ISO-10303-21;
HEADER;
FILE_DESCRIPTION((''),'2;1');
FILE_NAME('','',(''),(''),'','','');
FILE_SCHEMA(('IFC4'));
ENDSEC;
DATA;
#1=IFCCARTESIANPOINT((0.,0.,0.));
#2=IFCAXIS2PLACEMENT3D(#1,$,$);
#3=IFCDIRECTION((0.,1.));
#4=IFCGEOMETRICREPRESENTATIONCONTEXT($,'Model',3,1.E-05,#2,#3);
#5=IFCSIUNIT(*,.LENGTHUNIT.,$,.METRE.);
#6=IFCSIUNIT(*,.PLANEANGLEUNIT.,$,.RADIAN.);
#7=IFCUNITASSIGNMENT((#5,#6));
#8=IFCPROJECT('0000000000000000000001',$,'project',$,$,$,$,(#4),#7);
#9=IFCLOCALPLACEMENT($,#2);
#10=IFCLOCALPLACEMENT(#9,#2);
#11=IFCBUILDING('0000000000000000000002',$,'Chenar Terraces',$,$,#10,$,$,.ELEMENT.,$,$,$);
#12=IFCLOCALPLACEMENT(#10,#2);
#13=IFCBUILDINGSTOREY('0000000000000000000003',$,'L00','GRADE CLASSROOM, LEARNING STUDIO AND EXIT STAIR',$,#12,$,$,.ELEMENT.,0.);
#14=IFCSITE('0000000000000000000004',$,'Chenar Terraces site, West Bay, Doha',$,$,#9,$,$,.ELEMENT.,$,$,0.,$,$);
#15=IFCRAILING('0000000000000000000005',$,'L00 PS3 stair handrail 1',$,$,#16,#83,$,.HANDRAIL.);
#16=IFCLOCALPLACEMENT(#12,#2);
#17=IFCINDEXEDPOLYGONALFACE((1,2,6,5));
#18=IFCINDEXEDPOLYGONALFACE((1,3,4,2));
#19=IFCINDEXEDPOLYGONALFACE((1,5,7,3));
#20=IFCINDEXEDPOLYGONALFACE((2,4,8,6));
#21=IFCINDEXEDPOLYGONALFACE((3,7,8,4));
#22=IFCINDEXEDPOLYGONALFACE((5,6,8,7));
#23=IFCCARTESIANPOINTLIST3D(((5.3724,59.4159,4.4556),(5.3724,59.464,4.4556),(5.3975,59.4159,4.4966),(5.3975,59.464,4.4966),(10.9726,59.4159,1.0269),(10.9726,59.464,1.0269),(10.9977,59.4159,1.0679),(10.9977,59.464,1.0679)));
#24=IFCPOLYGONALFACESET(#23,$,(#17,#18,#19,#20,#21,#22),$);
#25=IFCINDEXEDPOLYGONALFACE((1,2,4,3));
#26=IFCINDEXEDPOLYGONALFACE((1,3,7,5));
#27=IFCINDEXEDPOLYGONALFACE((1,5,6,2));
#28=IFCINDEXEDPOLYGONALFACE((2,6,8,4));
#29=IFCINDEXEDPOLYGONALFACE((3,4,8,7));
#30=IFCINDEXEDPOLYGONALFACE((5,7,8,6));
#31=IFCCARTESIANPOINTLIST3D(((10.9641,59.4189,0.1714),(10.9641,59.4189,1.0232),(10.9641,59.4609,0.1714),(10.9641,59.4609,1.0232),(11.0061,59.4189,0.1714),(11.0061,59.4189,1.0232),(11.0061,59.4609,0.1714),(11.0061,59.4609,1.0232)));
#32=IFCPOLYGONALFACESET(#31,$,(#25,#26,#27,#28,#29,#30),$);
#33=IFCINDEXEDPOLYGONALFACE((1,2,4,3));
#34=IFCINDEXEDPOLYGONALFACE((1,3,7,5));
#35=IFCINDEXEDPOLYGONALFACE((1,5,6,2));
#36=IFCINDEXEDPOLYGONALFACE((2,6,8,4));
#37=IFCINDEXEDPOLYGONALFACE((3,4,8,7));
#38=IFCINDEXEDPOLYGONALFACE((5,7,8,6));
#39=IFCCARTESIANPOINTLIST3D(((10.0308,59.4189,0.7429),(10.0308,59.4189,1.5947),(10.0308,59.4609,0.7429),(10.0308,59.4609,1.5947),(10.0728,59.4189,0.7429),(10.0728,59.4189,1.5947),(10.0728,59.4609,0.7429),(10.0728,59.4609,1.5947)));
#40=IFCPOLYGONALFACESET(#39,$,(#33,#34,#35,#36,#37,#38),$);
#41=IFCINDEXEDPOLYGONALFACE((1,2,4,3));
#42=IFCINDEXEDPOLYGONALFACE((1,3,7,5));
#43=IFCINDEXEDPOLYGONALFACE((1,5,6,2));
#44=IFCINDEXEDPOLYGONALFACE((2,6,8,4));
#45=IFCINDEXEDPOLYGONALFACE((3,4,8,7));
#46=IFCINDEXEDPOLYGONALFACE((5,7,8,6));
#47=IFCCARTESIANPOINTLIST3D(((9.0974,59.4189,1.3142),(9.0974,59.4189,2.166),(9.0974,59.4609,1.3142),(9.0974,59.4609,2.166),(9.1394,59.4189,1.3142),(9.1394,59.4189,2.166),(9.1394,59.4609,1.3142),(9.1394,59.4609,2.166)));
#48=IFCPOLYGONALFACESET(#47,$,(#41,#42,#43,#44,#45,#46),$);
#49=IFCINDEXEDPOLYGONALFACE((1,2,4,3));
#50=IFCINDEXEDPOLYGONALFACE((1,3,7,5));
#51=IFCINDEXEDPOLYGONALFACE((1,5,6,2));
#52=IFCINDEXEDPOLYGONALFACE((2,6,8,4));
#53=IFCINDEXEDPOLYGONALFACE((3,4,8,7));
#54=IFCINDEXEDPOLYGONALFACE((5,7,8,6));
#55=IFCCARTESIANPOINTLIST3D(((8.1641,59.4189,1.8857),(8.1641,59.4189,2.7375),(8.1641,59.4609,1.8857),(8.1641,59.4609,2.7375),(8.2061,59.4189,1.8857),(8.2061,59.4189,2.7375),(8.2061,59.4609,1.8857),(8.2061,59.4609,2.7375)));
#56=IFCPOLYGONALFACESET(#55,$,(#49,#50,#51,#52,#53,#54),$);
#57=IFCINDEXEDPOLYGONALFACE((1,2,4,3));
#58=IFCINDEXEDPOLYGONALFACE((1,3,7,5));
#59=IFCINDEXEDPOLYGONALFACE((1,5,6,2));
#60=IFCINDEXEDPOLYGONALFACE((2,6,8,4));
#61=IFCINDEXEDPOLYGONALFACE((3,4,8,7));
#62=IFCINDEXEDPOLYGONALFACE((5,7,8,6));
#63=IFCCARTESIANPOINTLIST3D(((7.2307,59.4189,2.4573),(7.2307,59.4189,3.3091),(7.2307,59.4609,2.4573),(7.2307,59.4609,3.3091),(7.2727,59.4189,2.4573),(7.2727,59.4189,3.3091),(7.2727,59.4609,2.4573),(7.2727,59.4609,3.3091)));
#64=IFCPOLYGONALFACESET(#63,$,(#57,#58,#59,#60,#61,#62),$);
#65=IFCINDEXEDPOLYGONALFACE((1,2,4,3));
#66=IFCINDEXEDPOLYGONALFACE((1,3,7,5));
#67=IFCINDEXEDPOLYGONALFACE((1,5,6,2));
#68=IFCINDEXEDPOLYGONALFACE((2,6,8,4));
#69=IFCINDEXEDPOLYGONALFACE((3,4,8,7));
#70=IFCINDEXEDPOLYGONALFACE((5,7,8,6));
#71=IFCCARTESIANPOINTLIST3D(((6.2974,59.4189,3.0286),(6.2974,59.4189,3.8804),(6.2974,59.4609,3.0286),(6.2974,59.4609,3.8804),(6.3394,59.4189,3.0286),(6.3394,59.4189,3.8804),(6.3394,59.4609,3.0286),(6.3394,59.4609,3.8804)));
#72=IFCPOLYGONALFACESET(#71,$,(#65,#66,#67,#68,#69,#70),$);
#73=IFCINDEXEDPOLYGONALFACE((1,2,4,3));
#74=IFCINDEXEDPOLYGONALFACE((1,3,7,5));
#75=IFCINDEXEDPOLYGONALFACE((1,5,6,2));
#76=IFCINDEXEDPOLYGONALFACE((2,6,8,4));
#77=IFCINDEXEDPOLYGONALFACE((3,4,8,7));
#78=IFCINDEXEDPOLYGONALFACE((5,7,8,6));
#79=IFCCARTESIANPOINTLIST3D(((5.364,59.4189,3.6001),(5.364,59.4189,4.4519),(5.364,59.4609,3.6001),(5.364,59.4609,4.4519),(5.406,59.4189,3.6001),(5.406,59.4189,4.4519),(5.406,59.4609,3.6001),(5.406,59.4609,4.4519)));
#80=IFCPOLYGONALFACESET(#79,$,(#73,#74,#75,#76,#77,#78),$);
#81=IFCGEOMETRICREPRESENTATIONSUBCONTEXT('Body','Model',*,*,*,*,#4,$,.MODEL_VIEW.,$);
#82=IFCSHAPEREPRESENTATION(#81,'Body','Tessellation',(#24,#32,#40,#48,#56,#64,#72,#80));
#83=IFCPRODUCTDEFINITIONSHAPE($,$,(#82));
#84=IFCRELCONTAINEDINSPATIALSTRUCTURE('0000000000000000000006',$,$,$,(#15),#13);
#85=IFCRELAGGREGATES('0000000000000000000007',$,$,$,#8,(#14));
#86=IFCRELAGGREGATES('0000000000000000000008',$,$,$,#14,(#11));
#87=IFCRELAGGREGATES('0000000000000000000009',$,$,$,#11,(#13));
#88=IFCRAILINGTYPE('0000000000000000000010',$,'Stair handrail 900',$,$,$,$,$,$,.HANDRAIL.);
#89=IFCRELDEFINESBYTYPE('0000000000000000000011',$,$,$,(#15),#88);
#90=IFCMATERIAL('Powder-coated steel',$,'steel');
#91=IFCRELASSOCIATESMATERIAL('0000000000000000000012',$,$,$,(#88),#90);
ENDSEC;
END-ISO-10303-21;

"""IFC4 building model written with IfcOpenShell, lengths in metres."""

from ifc_helpers import new_model, si_unit, direction, frame, origin, origin_2d, place, context, subcontext, project, spatial, rectangle, extrude, material, type_object, element, save


model = new_model("IFC4")

# Units and contexts
model_context = context("Model", 3, precision=1e-05, world=origin(), true_north=direction((0.0, 1.0)))
body_context = subcontext(model_context, "Body", "Model", "MODEL_VIEW")
ifc_project = project(units=[si_unit("LENGTHUNIT", "METRE"), si_unit("PLANEANGLEUNIT", "RADIAN")], contexts=[model_context])

# Site, building, storey
site_placement = place(None, origin())
site = spatial("IfcSite", under=ifc_project, at=site_placement, Name="Chenar Terraces site, West Bay, Doha", CompositionType="ELEMENT", RefElevation=0.0)
building_placement = place(site_placement, origin())
building = spatial("IfcBuilding", under=site, at=building_placement, Name="Chenar Terraces", CompositionType="ELEMENT")
storey_placement = place(building_placement, origin())
storey = spatial("IfcBuildingStorey", under=building, at=storey_placement, Name="L00", Description="GRADE CLASSROOM, LEARNING STUDIO AND EXIT STAIR", CompositionType="ELEMENT", Elevation=0.0)

# Railing
ifc_material_1 = material(Name="Powder-coated steel", Category="steel")
railing_type_1 = type_object("IfcRailingType", Name="Stair handrail 900", PredefinedType="HANDRAIL", material=ifc_material_1)
railing_1_placement = place(storey_placement, frame((10.9851, 59.4399, 0.1714)))
element("IfcRailing", 1, at=railing_1_placement, inside=storey, type_object=railing_type_1, Name="L00 PS3 stair handrail 1", PredefinedType="HANDRAIL", context=body_context, shape_type="SweptSolid", body=[
    extrude(rectangle(XDim=0.0481, YDim=0.0481, at=origin_2d()), frame((0.0, 0.0, 0.876), z_axis=(-0.852846, 0.0, 0.522163), x_axis=(0.0, -1.0, 0.0)), (0.0, 0.0, 1.0), 6.5664),
    extrude(rectangle(XDim=0.042, YDim=0.042, at=origin_2d()), origin(), (0.0, 0.0, 1.0), 0.8518),
    extrude(rectangle(XDim=0.042, YDim=0.042, at=origin_2d()), frame((-0.9333, 0.0, 0.5715)), (0.0, 0.0, 1.0), 0.8518),
    extrude(rectangle(XDim=0.042, YDim=0.042, at=origin_2d()), frame((-1.8667, 0.0, 1.1428)), (0.0, 0.0, 1.0), 0.8518),
    extrude(rectangle(XDim=0.042, YDim=0.042, at=origin_2d()), frame((-2.8, 0.0, 1.7144)), (0.0, 0.0, 1.0), 0.8518),
    extrude(rectangle(XDim=0.042, YDim=0.042, at=origin_2d()), frame((-3.7334, 0.0, 2.2859)), (0.0, 0.0, 1.0), 0.8518),
    extrude(rectangle(XDim=0.042, YDim=0.042, at=origin_2d()), frame((-4.6667, 0.0, 2.8572)), (0.0, 0.0, 1.0), 0.8518),
    extrude(rectangle(XDim=0.042, YDim=0.042, at=origin_2d()), frame((-5.6001, 0.0, 3.4287)), (0.0, 0.0, 1.0), 0.8518),
])

save(model, "model.ifc")
